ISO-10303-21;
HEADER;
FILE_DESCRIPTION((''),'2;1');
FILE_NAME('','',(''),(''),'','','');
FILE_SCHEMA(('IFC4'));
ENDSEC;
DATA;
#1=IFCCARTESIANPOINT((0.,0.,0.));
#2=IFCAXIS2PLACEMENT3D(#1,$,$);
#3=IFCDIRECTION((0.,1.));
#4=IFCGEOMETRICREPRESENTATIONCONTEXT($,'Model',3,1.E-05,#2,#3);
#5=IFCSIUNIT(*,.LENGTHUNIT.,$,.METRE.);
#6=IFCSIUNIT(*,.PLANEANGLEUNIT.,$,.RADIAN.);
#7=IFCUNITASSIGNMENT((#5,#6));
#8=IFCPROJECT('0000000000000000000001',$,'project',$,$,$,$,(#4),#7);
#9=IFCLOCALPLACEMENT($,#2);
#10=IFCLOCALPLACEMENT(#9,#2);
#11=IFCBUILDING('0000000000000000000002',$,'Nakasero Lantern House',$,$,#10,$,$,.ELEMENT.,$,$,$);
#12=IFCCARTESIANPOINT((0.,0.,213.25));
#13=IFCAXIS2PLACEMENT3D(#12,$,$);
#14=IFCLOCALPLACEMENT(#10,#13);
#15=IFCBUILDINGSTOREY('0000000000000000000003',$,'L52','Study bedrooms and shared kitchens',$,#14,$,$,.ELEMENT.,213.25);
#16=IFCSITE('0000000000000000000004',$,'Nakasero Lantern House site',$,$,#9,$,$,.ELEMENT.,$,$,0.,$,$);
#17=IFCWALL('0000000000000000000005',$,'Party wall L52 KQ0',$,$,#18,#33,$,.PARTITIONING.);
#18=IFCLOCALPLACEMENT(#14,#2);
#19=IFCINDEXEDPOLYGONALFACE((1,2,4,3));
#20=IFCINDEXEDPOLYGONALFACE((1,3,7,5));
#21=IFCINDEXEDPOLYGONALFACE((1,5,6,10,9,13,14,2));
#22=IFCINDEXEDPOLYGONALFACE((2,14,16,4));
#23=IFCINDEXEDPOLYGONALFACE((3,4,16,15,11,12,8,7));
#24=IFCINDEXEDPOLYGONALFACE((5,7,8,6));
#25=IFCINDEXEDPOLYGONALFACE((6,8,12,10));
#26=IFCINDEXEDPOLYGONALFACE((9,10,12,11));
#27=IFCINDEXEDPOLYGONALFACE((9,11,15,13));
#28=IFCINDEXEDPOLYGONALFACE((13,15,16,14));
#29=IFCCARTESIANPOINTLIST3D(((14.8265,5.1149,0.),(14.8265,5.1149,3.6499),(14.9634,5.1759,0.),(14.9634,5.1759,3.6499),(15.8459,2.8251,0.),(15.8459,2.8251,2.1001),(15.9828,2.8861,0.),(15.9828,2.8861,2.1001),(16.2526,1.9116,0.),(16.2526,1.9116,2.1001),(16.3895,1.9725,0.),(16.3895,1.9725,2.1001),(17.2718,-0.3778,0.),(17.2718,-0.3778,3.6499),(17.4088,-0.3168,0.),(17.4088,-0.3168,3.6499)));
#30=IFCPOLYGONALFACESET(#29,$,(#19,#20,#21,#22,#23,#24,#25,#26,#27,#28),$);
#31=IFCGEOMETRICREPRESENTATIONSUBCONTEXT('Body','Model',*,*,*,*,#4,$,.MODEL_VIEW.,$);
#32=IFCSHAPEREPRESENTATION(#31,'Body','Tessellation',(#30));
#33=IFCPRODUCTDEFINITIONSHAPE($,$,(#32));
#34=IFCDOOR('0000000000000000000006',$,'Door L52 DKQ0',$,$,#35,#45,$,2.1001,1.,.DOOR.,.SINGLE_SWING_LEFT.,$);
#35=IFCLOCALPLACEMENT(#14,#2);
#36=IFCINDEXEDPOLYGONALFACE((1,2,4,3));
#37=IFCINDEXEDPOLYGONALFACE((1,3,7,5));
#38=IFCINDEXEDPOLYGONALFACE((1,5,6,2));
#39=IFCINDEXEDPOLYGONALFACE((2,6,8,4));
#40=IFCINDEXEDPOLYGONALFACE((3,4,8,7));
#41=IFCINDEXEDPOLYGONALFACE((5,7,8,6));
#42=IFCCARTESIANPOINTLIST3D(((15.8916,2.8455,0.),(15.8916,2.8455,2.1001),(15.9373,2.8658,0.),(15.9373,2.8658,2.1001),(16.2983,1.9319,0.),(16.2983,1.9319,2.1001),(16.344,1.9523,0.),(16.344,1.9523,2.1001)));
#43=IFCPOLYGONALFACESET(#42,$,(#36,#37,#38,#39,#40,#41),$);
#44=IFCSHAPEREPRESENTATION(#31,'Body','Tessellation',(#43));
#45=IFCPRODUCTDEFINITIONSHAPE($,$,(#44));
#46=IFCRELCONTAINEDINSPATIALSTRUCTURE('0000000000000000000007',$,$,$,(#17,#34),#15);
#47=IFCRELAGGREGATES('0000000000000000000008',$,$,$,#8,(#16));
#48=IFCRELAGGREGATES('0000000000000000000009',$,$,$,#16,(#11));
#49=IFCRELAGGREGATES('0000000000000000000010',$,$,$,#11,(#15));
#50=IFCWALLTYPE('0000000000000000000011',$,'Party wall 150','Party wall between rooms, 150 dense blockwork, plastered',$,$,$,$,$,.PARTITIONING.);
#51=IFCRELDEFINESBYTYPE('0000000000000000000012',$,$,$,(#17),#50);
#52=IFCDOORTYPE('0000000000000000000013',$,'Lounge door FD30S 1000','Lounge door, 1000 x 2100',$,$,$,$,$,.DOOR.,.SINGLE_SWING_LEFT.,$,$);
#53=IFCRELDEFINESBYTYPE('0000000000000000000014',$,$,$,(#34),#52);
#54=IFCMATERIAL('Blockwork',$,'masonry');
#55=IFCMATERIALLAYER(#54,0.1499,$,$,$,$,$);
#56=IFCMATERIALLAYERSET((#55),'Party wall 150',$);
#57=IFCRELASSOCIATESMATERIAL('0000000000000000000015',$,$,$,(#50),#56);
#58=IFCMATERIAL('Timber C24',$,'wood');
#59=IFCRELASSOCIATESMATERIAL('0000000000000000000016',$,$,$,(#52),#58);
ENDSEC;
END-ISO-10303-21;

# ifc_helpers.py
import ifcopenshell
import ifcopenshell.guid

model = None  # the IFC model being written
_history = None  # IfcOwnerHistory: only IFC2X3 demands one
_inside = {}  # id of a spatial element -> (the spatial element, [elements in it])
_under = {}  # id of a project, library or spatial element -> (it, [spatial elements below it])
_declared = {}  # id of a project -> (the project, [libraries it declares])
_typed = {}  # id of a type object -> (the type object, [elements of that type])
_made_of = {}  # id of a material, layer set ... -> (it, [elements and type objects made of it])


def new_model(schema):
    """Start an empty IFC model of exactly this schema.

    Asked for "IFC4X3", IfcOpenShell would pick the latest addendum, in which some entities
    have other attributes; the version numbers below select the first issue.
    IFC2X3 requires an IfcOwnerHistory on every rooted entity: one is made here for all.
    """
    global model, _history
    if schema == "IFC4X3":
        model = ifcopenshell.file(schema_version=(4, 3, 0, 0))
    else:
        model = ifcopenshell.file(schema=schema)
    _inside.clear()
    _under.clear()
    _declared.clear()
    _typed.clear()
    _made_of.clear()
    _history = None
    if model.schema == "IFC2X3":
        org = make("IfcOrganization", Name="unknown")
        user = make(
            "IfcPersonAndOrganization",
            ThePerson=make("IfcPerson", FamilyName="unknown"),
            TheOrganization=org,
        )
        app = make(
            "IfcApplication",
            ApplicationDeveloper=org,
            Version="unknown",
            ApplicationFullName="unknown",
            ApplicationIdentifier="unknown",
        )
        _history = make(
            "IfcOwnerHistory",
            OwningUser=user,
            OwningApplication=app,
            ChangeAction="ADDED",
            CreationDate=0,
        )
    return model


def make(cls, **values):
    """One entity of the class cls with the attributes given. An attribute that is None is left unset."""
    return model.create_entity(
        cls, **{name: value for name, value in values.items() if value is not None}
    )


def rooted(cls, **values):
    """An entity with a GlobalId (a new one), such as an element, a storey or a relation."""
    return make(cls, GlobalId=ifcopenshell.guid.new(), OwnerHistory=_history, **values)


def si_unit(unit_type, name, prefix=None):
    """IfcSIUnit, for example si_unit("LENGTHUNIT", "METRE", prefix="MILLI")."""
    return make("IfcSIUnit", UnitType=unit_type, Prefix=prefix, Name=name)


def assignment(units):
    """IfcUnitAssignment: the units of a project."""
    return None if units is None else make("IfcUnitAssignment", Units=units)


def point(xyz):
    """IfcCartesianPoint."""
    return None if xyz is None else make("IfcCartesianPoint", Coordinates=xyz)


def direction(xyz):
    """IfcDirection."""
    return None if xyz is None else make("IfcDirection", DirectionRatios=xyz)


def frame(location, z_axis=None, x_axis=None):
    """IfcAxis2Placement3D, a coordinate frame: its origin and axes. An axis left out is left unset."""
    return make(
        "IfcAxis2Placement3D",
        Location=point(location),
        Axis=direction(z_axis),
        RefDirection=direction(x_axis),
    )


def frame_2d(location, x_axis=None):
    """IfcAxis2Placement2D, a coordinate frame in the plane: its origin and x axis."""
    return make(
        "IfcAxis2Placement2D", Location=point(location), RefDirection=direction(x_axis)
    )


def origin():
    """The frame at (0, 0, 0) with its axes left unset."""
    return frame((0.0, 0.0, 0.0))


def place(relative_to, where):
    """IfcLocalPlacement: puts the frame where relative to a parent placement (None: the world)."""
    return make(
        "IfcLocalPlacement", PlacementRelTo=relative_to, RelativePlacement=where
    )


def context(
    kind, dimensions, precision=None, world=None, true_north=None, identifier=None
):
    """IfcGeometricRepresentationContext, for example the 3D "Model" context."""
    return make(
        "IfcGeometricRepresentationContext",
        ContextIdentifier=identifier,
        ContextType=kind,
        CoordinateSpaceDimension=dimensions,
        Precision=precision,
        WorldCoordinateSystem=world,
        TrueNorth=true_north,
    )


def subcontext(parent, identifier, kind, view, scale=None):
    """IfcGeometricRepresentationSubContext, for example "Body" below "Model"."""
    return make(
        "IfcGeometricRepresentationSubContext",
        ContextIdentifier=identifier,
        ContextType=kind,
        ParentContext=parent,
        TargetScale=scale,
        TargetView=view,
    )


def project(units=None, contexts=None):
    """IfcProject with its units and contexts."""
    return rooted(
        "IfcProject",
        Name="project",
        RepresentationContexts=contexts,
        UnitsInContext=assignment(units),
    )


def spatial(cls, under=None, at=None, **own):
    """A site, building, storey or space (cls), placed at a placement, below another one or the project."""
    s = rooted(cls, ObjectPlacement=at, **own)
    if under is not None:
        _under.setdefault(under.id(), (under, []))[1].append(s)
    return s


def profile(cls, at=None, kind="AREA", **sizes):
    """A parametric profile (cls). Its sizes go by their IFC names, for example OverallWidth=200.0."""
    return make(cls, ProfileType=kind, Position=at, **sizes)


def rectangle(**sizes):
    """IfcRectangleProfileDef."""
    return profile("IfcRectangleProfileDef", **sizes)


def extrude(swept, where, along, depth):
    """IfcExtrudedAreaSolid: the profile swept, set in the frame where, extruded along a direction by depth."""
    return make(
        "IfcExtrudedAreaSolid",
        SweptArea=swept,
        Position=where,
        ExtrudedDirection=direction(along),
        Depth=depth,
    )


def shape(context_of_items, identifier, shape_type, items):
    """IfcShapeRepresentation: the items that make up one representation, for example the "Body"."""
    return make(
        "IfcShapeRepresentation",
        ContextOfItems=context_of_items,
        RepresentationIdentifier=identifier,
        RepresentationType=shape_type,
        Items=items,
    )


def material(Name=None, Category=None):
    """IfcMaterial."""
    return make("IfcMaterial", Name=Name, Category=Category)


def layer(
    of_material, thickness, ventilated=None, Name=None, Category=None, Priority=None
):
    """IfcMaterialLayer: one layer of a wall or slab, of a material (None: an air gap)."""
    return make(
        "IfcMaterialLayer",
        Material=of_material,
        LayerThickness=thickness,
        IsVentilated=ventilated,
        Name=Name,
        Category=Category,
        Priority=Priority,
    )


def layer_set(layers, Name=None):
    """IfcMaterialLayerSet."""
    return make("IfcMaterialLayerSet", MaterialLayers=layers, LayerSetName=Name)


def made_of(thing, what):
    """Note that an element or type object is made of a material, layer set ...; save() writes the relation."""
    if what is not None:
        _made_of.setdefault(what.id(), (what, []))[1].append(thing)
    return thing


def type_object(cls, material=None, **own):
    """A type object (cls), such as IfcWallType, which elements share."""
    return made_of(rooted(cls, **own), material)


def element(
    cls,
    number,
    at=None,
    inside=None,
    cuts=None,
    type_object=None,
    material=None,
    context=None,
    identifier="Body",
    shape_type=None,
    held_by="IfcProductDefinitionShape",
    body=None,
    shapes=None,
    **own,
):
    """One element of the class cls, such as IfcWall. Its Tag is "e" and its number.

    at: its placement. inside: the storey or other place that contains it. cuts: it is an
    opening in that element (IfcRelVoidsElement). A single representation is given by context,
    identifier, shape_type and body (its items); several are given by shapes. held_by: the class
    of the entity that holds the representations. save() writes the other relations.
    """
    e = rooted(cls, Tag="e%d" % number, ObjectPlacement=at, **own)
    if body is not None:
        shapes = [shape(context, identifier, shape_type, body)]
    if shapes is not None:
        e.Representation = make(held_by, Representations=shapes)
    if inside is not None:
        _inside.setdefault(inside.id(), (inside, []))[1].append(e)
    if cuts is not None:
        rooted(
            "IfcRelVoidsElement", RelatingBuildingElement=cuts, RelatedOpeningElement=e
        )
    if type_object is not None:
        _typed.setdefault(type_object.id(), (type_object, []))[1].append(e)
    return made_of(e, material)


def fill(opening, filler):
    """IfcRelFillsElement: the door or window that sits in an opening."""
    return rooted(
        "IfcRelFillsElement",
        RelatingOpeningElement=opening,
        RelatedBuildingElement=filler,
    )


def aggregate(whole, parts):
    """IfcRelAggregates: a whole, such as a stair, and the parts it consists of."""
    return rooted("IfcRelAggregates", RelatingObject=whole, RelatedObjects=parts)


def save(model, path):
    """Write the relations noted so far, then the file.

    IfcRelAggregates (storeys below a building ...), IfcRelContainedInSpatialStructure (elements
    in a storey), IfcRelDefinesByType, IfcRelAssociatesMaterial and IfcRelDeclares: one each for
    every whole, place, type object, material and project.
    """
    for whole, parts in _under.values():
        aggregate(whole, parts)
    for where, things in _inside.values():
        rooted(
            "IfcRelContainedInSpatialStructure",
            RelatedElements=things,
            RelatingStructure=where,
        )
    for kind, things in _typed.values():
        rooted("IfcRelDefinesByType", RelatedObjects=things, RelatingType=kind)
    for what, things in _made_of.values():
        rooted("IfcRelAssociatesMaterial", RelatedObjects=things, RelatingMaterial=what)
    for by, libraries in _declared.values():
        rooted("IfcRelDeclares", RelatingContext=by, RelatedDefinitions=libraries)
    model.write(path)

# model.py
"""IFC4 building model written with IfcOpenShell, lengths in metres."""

from ifc_helpers import new_model, si_unit, direction, frame, frame_2d, origin, place, context, subcontext, project, spatial, rectangle, extrude, material, layer, layer_set, type_object, element, fill, save


model = new_model("IFC4")

# Units and contexts
model_context = context("Model", 3, precision=1e-05, world=origin(), true_north=direction((0.0, 1.0)))
body_context = subcontext(model_context, "Body", "Model", "MODEL_VIEW")
ifc_project = project(units=[si_unit("LENGTHUNIT", "METRE"), si_unit("PLANEANGLEUNIT", "RADIAN")], contexts=[model_context])

# Site, building, storey
site_placement = place(None, origin())
site = spatial("IfcSite", under=ifc_project, at=site_placement, Name="Nakasero Lantern House site", CompositionType="ELEMENT", RefElevation=0.0)
building_placement = place(site_placement, origin())
building = spatial("IfcBuilding", under=site, at=building_placement, Name="Nakasero Lantern House", CompositionType="ELEMENT")
storey_placement = place(building_placement, frame((0.0, 0.0, 213.25)))
storey = spatial("IfcBuildingStorey", under=building, at=storey_placement, Name="L52", Description="Study bedrooms and shared kitchens", CompositionType="ELEMENT", Elevation=213.25)

# Shared definitions
ifc_material_1 = material(Name="Blockwork", Category="masonry")
ifc_layer_1 = layer(ifc_material_1, 0.1499)
ifc_layer_set_1 = layer_set([ifc_layer_1], Name="Party wall 150")
wall_type_1 = type_object("IfcWallType", Name="Party wall 150", Description="Party wall between rooms, 150 dense blockwork, plastered", PredefinedType="PARTITIONING", material=ifc_layer_set_1)

# Wall, opening, door
wall_1_placement = place(storey_placement, frame((17.3403, -0.3474, 0.0), z_axis=(0.0, 0.0, 1.0), x_axis=(-0.406711, 0.913557, 0.0)))
wall_1 = element("IfcWall", 1, at=wall_1_placement, inside=storey, type_object=wall_type_1, Name="Party wall L52 KQ0", PredefinedType="PARTITIONING", context=body_context, shape_type="SweptSolid", body=[
    extrude(rectangle(XDim=6.0125, YDim=0.1499, at=frame_2d((3.0063, 0.0))), origin(), (0.0, 0.0, 1.0), 3.6499),
])
opening_1_placement = place(wall_1_placement, frame((2.5061, 0.0, 0.0)))
opening_1 = element("IfcOpeningElement", 2, at=opening_1_placement, cuts=wall_1, PredefinedType="OPENING", context=body_context, shape_type="SweptSolid", body=[
    extrude(rectangle(XDim=1.0, YDim=2.1001, at=frame_2d((0.5, 1.05))), frame((0.0, 0.095, 0.0), z_axis=(0.0, -1.0, 0.0), x_axis=(1.0, 0.0, 0.0)), (0.0, 0.0, 1.0), 0.1899),
])
ifc_material_2 = material(Name="Timber C24", Category="wood")
door_type_1 = type_object("IfcDoorType", Name="Lounge door FD30S 1000", Description="Lounge door, 1000 x 2100", OperationType="SINGLE_SWING_LEFT", PredefinedType="DOOR", material=ifc_material_2)
door_1_placement = place(opening_1_placement, origin())
door_1 = element("IfcDoor", 3, at=door_1_placement, inside=storey, type_object=door_type_1, Name="Door L52 DKQ0", OperationType="SINGLE_SWING_LEFT", OverallHeight=2.1001, OverallWidth=1.0, PredefinedType="DOOR", context=body_context, shape_type="SweptSolid", body=[
    extrude(rectangle(XDim=1.0, YDim=2.1001, at=frame_2d((0.5, 1.05))), frame((0.0, 0.0249, 0.0), z_axis=(0.0, -1.0, 0.0), x_axis=(1.0, 0.0, 0.0)), (0.0, 0.0, 1.0), 0.05),
])
fill(opening_1, door_1)

save(model, "model.ifc")
